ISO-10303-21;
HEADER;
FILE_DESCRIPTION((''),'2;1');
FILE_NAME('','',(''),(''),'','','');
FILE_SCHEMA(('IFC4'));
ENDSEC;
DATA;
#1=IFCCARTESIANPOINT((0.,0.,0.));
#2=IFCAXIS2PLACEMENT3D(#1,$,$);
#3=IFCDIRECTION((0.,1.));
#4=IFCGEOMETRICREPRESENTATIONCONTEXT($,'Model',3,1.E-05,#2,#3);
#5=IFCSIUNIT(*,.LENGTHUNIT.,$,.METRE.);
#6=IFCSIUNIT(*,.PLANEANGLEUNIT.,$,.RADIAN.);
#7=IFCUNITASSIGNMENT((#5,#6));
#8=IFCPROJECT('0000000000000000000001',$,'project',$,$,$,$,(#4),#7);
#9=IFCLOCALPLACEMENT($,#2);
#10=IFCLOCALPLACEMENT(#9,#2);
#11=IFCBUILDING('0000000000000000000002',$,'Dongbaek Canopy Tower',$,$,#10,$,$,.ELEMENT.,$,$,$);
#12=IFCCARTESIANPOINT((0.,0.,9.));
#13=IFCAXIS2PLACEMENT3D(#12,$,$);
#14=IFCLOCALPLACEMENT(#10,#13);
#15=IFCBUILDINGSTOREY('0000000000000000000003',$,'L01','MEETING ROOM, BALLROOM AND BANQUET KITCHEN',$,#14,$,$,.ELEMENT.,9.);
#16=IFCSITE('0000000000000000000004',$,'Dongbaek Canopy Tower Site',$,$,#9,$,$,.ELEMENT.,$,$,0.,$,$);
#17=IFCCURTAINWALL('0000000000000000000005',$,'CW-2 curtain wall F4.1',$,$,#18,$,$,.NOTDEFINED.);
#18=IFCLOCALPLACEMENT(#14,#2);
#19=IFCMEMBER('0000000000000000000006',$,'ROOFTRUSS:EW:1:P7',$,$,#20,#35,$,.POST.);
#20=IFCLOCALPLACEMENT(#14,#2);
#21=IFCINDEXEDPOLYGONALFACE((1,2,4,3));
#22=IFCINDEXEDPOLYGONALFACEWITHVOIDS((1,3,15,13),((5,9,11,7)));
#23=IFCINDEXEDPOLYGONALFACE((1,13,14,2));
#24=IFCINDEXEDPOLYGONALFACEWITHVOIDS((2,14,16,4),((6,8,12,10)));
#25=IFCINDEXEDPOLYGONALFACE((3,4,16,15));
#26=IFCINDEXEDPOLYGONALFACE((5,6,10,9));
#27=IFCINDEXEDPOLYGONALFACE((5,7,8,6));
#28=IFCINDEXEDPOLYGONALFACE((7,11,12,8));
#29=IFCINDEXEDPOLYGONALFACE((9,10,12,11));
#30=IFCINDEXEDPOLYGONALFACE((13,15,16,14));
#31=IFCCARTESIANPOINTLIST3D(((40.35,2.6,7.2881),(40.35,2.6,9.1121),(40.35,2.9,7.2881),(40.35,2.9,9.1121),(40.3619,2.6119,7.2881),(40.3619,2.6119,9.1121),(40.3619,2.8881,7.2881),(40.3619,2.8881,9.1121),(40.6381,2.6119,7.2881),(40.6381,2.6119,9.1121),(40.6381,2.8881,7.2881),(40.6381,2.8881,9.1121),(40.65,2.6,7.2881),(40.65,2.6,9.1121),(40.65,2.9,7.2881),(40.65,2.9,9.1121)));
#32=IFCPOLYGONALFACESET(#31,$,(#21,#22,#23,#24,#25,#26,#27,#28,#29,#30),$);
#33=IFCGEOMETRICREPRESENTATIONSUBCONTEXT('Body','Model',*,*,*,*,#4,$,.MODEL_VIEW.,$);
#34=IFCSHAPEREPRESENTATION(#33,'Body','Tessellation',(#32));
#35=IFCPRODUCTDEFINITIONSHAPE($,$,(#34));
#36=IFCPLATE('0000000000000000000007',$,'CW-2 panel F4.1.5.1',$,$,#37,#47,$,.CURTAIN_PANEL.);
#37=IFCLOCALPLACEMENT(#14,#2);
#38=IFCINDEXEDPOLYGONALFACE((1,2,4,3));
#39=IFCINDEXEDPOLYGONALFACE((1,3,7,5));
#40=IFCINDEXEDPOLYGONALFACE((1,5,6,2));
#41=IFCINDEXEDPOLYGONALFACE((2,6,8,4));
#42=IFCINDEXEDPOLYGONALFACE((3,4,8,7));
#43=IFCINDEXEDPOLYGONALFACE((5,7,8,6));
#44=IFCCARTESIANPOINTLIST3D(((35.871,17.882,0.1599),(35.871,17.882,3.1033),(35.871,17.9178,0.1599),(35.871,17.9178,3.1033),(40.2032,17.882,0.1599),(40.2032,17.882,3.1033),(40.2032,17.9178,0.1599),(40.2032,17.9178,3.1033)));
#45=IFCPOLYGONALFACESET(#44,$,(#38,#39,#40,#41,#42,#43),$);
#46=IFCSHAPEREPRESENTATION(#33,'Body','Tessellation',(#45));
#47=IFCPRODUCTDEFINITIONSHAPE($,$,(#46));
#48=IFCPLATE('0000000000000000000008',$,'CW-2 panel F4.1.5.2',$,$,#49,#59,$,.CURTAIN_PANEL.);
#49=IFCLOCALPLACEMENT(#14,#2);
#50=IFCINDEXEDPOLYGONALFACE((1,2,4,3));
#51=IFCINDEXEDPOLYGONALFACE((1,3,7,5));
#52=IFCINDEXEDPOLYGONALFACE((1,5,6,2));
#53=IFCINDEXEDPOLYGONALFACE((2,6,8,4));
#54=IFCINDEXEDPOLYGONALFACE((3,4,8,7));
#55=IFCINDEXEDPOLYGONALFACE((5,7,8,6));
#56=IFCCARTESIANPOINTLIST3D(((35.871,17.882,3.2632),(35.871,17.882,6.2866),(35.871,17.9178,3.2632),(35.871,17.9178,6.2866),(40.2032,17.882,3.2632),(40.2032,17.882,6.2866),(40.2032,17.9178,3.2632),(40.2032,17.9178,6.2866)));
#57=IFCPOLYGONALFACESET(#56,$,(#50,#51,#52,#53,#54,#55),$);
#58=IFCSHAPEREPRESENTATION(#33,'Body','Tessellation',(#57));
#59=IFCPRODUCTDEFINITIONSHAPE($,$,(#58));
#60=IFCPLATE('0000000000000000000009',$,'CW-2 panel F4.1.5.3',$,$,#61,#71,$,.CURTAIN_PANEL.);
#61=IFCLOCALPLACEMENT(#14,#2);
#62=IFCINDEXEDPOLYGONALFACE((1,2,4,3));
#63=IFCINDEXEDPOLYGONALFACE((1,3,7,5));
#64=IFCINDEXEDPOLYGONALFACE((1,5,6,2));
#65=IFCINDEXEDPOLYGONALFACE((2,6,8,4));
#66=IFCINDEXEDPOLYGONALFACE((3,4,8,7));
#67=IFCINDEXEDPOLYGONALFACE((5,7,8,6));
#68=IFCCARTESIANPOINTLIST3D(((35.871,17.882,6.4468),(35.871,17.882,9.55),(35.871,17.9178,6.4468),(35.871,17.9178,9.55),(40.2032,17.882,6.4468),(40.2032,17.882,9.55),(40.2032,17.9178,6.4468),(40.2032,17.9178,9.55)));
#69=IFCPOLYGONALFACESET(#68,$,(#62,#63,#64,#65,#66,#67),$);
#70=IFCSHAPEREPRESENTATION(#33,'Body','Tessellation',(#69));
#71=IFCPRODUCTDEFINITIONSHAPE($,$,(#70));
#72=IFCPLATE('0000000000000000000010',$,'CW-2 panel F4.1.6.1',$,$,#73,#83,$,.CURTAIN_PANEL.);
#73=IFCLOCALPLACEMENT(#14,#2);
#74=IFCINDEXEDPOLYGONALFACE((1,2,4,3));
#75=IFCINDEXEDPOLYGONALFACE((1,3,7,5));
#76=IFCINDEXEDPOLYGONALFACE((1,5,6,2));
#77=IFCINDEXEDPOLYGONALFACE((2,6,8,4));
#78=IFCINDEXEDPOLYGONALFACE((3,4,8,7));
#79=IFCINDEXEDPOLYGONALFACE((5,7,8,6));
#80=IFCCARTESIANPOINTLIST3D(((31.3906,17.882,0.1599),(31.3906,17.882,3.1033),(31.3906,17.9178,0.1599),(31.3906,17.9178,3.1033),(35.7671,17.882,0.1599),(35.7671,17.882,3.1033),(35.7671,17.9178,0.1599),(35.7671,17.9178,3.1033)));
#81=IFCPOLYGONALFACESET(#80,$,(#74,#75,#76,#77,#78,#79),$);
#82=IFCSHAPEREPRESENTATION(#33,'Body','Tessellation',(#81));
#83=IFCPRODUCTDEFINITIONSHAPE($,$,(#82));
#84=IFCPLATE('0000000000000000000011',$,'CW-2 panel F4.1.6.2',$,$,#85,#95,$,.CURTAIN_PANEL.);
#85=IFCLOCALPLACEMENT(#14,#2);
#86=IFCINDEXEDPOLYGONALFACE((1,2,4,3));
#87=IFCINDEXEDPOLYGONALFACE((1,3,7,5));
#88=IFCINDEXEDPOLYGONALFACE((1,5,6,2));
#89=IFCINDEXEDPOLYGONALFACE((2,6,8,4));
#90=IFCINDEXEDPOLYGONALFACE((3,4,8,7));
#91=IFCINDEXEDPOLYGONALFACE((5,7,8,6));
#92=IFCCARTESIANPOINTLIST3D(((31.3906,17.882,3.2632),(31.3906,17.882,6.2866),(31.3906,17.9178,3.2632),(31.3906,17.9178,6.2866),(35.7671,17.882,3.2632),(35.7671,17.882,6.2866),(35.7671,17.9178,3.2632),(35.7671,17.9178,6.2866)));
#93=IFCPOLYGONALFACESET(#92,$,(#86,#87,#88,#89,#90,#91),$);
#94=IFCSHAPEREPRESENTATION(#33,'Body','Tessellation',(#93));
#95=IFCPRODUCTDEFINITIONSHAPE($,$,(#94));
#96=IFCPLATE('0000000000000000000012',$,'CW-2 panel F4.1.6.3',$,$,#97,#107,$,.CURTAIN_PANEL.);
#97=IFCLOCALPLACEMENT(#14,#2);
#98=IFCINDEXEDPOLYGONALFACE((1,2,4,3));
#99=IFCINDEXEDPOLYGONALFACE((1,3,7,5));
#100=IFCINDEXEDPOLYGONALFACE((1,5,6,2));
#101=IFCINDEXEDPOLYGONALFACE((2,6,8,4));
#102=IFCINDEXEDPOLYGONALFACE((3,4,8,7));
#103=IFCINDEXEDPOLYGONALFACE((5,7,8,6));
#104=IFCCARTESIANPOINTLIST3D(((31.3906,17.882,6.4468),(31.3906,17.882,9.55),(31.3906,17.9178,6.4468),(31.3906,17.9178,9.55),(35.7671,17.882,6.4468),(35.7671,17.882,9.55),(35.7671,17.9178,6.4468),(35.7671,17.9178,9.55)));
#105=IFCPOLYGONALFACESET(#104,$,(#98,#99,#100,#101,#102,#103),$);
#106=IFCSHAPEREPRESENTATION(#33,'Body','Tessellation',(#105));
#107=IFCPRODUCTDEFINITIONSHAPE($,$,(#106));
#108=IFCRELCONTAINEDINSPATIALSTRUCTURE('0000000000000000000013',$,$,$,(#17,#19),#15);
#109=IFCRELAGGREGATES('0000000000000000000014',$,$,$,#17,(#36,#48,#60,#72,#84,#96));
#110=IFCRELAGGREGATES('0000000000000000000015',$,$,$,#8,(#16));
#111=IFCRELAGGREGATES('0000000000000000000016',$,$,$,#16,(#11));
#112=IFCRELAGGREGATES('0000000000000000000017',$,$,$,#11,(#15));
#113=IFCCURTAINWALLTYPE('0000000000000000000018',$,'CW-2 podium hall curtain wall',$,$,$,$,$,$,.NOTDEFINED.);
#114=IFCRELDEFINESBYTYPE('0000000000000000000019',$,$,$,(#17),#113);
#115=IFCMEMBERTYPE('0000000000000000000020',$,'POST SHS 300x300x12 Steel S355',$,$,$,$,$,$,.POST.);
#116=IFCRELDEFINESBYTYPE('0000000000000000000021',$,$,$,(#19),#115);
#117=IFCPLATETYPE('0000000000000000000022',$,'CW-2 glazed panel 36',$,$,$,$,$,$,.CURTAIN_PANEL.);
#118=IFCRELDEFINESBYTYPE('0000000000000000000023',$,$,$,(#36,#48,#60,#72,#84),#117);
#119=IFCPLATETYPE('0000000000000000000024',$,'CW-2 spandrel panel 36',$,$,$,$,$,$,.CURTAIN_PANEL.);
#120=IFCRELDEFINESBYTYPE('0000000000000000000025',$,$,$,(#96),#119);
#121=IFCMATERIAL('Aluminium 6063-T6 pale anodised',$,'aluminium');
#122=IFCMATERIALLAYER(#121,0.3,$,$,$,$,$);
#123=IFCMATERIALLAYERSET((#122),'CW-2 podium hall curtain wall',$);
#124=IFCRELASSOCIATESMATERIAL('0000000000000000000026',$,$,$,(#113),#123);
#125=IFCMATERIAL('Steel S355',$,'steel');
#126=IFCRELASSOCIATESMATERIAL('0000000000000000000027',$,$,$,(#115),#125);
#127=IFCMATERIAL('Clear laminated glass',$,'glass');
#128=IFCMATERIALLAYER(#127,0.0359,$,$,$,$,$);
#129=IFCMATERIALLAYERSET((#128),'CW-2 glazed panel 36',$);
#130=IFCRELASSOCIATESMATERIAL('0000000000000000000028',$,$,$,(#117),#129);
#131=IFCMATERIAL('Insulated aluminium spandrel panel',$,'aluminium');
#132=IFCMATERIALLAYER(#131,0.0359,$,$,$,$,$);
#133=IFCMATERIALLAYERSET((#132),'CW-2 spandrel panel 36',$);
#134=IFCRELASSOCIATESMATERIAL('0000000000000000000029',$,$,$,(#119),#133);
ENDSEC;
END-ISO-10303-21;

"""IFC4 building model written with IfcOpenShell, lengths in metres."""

from ifc_helpers import new_model, si_unit, direction, frame, origin, origin_2d, place, context, subcontext, project, spatial, rectangle, hollow_rectangle, extrude, material, layer, layer_set, material_profile, profile_set, type_object, element, aggregate, save


model = new_model("IFC4")

# Units and contexts
model_context = context("Model", 3, precision=1e-05, world=origin(), true_north=direction((0.0, 1.0)))
body_context = subcontext(model_context, "Body", "Model", "MODEL_VIEW")
ifc_project = project(units=[si_unit("LENGTHUNIT", "METRE"), si_unit("PLANEANGLEUNIT", "RADIAN")], contexts=[model_context])

# Site, building, storey
site_placement = place(None, origin())
site = spatial("IfcSite", under=ifc_project, at=site_placement, Name="Dongbaek Canopy Tower Site", CompositionType="ELEMENT", RefElevation=0.0)
building_placement = place(site_placement, origin())
building = spatial("IfcBuilding", under=site, at=building_placement, Name="Dongbaek Canopy Tower", CompositionType="ELEMENT")
storey_placement = place(building_placement, frame((0.0, 0.0, 9.0)))
storey = spatial("IfcBuildingStorey", under=building, at=storey_placement, Name="L01", Description="MEETING ROOM, BALLROOM AND BANQUET KITCHEN", CompositionType="ELEMENT", Elevation=9.0)

# Curtain wall
ifc_material_1 = material(Name="Aluminium 6063-T6 pale anodised", Category="aluminium")
ifc_layer_1 = layer(ifc_material_1, 0.3)
ifc_layer_set_1 = layer_set([ifc_layer_1], Name="CW-2 podium hall curtain wall")
curtain_wall_type = type_object("IfcCurtainWallType", Name="CW-2 podium hall curtain wall", PredefinedType="NOTDEFINED", material=ifc_layer_set_1)
curtain_wall_placement = place(storey_placement, origin())
curtain_wall = element("IfcCurtainWall", 1, at=curtain_wall_placement, inside=storey, type_object=curtain_wall_type, Name="CW-2 curtain wall F4.1", PredefinedType="NOTDEFINED")

# Member
ifc_material_2 = material(Name="Steel S355", Category="steel")
ifc_material_profile_1 = material_profile(ifc_material_2, hollow_rectangle(XDim=0.3, YDim=0.3, WallThickness=0.012, at=origin_2d()), Name="POST SHS 300x300x12 Steel S355")
ifc_profile_set_1 = profile_set([ifc_material_profile_1], Name="Steel S355")
member_type_1 = type_object("IfcMemberType", Name="POST SHS 300x300x12 Steel S355", PredefinedType="POST", material=ifc_profile_set_1)
for number, where, z_axis, x_axis, name in (
    (2, (40.5, 2.75, 7.2881), (0.0, 0.0, 1.0), (1.0, 0.0, 0.0), "ROOFTRUSS:EW:1:P7"),
):
    element("IfcMember", number, at=place(storey_placement, frame(where, z_axis=z_axis, x_axis=x_axis)), inside=storey, type_object=member_type_1, Name=name, PredefinedType="POST", context=body_context, shape_type="SweptSolid", body=[
        extrude(hollow_rectangle(XDim=0.3, YDim=0.3, WallThickness=0.012, at=origin_2d()), origin(), (0.0, 0.0, 1.0), 1.824),
    ])

# Plates
ifc_material_3 = material(Name="Clear laminated glass", Category="glass")
ifc_layer_2 = layer(ifc_material_3, 0.0359)
ifc_layer_set_2 = layer_set([ifc_layer_2], Name="CW-2 glazed panel 36")
plate_type_1 = type_object("IfcPlateType", Name="CW-2 glazed panel 36", PredefinedType="CURTAIN_PANEL", material=ifc_layer_set_2)
plate_1_placement = place(storey_placement, frame((38.0371, 17.8999, 0.1599), z_axis=(0.0, 0.0, 1.0), x_axis=(-1.0, 0.0, 0.0)))
plate_1 = element("IfcPlate", 3, at=plate_1_placement, type_object=plate_type_1, Name="CW-2 panel F4.1.5.1", PredefinedType="CURTAIN_PANEL", context=body_context, shape_type="SweptSolid", body=[
    extrude(rectangle(XDim=4.3323, YDim=0.0359, at=origin_2d()), origin(), (0.0, 0.0, 1.0), 2.9434),
])
plate_2_placement = place(storey_placement, frame((38.0371, 17.8999, 3.2632), z_axis=(0.0, 0.0, 1.0), x_axis=(-1.0, 0.0, 0.0)))
plate_2 = element("IfcPlate", 4, at=plate_2_placement, type_object=plate_type_1, Name="CW-2 panel F4.1.5.2", PredefinedType="CURTAIN_PANEL", context=body_context, shape_type="SweptSolid", body=[
    extrude(rectangle(XDim=4.3323, YDim=0.0359, at=origin_2d()), origin(), (0.0, 0.0, 1.0), 3.0234),
])
plate_3_placement = place(storey_placement, frame((38.0371, 17.8999, 6.4468), z_axis=(0.0, 0.0, 1.0), x_axis=(-1.0, 0.0, 0.0)))
plate_3 = element("IfcPlate", 5, at=plate_3_placement, type_object=plate_type_1, Name="CW-2 panel F4.1.5.3", PredefinedType="CURTAIN_PANEL", context=body_context, shape_type="SweptSolid", body=[
    extrude(rectangle(XDim=4.3323, YDim=0.0359, at=origin_2d()), origin(), (0.0, 0.0, 1.0), 3.1033),
])
plate_4_placement = place(storey_placement, frame((33.5789, 17.8999, 0.1599), z_axis=(0.0, 0.0, 1.0), x_axis=(-1.0, 0.0, 0.0)))
plate_4 = element("IfcPlate", 6, at=plate_4_placement, type_object=plate_type_1, Name="CW-2 panel F4.1.6.1", PredefinedType="CURTAIN_PANEL", context=body_context, shape_type="SweptSolid", body=[
    extrude(rectangle(XDim=4.3765, YDim=0.0359, at=origin_2d()), origin(), (0.0, 0.0, 1.0), 2.9434),
])
plate_5_placement = place(storey_placement, frame((33.5789, 17.8999, 3.2632), z_axis=(0.0, 0.0, 1.0), x_axis=(-1.0, 0.0, 0.0)))
plate_5 = element("IfcPlate", 7, at=plate_5_placement, type_object=plate_type_1, Name="CW-2 panel F4.1.6.2", PredefinedType="CURTAIN_PANEL", context=body_context, shape_type="SweptSolid", body=[
    extrude(rectangle(XDim=4.3765, YDim=0.0359, at=origin_2d()), origin(), (0.0, 0.0, 1.0), 3.0234),
])
ifc_material_4 = material(Name="Insulated aluminium spandrel panel", Category="aluminium")
ifc_layer_3 = layer(ifc_material_4, 0.0359)
ifc_layer_set_3 = layer_set([ifc_layer_3], Name="CW-2 spandrel panel 36")
plate_type_2 = type_object("IfcPlateType", Name="CW-2 spandrel panel 36", PredefinedType="CURTAIN_PANEL", material=ifc_layer_set_3)
plate_6_placement = place(storey_placement, frame((33.5789, 17.8999, 6.4468), z_axis=(0.0, 0.0, 1.0), x_axis=(-1.0, 0.0, 0.0)))
plate_6 = element("IfcPlate", 8, at=plate_6_placement, type_object=plate_type_2, Name="CW-2 panel F4.1.6.3", PredefinedType="CURTAIN_PANEL", context=body_context, shape_type="SweptSolid", body=[
    extrude(rectangle(XDim=4.3765, YDim=0.0359, at=origin_2d()), origin(), (0.0, 0.0, 1.0), 3.1033),
])
aggregate(curtain_wall, [plate_1, plate_2, plate_3, plate_4, plate_5, plate_6])

save(model, "model.ifc")
